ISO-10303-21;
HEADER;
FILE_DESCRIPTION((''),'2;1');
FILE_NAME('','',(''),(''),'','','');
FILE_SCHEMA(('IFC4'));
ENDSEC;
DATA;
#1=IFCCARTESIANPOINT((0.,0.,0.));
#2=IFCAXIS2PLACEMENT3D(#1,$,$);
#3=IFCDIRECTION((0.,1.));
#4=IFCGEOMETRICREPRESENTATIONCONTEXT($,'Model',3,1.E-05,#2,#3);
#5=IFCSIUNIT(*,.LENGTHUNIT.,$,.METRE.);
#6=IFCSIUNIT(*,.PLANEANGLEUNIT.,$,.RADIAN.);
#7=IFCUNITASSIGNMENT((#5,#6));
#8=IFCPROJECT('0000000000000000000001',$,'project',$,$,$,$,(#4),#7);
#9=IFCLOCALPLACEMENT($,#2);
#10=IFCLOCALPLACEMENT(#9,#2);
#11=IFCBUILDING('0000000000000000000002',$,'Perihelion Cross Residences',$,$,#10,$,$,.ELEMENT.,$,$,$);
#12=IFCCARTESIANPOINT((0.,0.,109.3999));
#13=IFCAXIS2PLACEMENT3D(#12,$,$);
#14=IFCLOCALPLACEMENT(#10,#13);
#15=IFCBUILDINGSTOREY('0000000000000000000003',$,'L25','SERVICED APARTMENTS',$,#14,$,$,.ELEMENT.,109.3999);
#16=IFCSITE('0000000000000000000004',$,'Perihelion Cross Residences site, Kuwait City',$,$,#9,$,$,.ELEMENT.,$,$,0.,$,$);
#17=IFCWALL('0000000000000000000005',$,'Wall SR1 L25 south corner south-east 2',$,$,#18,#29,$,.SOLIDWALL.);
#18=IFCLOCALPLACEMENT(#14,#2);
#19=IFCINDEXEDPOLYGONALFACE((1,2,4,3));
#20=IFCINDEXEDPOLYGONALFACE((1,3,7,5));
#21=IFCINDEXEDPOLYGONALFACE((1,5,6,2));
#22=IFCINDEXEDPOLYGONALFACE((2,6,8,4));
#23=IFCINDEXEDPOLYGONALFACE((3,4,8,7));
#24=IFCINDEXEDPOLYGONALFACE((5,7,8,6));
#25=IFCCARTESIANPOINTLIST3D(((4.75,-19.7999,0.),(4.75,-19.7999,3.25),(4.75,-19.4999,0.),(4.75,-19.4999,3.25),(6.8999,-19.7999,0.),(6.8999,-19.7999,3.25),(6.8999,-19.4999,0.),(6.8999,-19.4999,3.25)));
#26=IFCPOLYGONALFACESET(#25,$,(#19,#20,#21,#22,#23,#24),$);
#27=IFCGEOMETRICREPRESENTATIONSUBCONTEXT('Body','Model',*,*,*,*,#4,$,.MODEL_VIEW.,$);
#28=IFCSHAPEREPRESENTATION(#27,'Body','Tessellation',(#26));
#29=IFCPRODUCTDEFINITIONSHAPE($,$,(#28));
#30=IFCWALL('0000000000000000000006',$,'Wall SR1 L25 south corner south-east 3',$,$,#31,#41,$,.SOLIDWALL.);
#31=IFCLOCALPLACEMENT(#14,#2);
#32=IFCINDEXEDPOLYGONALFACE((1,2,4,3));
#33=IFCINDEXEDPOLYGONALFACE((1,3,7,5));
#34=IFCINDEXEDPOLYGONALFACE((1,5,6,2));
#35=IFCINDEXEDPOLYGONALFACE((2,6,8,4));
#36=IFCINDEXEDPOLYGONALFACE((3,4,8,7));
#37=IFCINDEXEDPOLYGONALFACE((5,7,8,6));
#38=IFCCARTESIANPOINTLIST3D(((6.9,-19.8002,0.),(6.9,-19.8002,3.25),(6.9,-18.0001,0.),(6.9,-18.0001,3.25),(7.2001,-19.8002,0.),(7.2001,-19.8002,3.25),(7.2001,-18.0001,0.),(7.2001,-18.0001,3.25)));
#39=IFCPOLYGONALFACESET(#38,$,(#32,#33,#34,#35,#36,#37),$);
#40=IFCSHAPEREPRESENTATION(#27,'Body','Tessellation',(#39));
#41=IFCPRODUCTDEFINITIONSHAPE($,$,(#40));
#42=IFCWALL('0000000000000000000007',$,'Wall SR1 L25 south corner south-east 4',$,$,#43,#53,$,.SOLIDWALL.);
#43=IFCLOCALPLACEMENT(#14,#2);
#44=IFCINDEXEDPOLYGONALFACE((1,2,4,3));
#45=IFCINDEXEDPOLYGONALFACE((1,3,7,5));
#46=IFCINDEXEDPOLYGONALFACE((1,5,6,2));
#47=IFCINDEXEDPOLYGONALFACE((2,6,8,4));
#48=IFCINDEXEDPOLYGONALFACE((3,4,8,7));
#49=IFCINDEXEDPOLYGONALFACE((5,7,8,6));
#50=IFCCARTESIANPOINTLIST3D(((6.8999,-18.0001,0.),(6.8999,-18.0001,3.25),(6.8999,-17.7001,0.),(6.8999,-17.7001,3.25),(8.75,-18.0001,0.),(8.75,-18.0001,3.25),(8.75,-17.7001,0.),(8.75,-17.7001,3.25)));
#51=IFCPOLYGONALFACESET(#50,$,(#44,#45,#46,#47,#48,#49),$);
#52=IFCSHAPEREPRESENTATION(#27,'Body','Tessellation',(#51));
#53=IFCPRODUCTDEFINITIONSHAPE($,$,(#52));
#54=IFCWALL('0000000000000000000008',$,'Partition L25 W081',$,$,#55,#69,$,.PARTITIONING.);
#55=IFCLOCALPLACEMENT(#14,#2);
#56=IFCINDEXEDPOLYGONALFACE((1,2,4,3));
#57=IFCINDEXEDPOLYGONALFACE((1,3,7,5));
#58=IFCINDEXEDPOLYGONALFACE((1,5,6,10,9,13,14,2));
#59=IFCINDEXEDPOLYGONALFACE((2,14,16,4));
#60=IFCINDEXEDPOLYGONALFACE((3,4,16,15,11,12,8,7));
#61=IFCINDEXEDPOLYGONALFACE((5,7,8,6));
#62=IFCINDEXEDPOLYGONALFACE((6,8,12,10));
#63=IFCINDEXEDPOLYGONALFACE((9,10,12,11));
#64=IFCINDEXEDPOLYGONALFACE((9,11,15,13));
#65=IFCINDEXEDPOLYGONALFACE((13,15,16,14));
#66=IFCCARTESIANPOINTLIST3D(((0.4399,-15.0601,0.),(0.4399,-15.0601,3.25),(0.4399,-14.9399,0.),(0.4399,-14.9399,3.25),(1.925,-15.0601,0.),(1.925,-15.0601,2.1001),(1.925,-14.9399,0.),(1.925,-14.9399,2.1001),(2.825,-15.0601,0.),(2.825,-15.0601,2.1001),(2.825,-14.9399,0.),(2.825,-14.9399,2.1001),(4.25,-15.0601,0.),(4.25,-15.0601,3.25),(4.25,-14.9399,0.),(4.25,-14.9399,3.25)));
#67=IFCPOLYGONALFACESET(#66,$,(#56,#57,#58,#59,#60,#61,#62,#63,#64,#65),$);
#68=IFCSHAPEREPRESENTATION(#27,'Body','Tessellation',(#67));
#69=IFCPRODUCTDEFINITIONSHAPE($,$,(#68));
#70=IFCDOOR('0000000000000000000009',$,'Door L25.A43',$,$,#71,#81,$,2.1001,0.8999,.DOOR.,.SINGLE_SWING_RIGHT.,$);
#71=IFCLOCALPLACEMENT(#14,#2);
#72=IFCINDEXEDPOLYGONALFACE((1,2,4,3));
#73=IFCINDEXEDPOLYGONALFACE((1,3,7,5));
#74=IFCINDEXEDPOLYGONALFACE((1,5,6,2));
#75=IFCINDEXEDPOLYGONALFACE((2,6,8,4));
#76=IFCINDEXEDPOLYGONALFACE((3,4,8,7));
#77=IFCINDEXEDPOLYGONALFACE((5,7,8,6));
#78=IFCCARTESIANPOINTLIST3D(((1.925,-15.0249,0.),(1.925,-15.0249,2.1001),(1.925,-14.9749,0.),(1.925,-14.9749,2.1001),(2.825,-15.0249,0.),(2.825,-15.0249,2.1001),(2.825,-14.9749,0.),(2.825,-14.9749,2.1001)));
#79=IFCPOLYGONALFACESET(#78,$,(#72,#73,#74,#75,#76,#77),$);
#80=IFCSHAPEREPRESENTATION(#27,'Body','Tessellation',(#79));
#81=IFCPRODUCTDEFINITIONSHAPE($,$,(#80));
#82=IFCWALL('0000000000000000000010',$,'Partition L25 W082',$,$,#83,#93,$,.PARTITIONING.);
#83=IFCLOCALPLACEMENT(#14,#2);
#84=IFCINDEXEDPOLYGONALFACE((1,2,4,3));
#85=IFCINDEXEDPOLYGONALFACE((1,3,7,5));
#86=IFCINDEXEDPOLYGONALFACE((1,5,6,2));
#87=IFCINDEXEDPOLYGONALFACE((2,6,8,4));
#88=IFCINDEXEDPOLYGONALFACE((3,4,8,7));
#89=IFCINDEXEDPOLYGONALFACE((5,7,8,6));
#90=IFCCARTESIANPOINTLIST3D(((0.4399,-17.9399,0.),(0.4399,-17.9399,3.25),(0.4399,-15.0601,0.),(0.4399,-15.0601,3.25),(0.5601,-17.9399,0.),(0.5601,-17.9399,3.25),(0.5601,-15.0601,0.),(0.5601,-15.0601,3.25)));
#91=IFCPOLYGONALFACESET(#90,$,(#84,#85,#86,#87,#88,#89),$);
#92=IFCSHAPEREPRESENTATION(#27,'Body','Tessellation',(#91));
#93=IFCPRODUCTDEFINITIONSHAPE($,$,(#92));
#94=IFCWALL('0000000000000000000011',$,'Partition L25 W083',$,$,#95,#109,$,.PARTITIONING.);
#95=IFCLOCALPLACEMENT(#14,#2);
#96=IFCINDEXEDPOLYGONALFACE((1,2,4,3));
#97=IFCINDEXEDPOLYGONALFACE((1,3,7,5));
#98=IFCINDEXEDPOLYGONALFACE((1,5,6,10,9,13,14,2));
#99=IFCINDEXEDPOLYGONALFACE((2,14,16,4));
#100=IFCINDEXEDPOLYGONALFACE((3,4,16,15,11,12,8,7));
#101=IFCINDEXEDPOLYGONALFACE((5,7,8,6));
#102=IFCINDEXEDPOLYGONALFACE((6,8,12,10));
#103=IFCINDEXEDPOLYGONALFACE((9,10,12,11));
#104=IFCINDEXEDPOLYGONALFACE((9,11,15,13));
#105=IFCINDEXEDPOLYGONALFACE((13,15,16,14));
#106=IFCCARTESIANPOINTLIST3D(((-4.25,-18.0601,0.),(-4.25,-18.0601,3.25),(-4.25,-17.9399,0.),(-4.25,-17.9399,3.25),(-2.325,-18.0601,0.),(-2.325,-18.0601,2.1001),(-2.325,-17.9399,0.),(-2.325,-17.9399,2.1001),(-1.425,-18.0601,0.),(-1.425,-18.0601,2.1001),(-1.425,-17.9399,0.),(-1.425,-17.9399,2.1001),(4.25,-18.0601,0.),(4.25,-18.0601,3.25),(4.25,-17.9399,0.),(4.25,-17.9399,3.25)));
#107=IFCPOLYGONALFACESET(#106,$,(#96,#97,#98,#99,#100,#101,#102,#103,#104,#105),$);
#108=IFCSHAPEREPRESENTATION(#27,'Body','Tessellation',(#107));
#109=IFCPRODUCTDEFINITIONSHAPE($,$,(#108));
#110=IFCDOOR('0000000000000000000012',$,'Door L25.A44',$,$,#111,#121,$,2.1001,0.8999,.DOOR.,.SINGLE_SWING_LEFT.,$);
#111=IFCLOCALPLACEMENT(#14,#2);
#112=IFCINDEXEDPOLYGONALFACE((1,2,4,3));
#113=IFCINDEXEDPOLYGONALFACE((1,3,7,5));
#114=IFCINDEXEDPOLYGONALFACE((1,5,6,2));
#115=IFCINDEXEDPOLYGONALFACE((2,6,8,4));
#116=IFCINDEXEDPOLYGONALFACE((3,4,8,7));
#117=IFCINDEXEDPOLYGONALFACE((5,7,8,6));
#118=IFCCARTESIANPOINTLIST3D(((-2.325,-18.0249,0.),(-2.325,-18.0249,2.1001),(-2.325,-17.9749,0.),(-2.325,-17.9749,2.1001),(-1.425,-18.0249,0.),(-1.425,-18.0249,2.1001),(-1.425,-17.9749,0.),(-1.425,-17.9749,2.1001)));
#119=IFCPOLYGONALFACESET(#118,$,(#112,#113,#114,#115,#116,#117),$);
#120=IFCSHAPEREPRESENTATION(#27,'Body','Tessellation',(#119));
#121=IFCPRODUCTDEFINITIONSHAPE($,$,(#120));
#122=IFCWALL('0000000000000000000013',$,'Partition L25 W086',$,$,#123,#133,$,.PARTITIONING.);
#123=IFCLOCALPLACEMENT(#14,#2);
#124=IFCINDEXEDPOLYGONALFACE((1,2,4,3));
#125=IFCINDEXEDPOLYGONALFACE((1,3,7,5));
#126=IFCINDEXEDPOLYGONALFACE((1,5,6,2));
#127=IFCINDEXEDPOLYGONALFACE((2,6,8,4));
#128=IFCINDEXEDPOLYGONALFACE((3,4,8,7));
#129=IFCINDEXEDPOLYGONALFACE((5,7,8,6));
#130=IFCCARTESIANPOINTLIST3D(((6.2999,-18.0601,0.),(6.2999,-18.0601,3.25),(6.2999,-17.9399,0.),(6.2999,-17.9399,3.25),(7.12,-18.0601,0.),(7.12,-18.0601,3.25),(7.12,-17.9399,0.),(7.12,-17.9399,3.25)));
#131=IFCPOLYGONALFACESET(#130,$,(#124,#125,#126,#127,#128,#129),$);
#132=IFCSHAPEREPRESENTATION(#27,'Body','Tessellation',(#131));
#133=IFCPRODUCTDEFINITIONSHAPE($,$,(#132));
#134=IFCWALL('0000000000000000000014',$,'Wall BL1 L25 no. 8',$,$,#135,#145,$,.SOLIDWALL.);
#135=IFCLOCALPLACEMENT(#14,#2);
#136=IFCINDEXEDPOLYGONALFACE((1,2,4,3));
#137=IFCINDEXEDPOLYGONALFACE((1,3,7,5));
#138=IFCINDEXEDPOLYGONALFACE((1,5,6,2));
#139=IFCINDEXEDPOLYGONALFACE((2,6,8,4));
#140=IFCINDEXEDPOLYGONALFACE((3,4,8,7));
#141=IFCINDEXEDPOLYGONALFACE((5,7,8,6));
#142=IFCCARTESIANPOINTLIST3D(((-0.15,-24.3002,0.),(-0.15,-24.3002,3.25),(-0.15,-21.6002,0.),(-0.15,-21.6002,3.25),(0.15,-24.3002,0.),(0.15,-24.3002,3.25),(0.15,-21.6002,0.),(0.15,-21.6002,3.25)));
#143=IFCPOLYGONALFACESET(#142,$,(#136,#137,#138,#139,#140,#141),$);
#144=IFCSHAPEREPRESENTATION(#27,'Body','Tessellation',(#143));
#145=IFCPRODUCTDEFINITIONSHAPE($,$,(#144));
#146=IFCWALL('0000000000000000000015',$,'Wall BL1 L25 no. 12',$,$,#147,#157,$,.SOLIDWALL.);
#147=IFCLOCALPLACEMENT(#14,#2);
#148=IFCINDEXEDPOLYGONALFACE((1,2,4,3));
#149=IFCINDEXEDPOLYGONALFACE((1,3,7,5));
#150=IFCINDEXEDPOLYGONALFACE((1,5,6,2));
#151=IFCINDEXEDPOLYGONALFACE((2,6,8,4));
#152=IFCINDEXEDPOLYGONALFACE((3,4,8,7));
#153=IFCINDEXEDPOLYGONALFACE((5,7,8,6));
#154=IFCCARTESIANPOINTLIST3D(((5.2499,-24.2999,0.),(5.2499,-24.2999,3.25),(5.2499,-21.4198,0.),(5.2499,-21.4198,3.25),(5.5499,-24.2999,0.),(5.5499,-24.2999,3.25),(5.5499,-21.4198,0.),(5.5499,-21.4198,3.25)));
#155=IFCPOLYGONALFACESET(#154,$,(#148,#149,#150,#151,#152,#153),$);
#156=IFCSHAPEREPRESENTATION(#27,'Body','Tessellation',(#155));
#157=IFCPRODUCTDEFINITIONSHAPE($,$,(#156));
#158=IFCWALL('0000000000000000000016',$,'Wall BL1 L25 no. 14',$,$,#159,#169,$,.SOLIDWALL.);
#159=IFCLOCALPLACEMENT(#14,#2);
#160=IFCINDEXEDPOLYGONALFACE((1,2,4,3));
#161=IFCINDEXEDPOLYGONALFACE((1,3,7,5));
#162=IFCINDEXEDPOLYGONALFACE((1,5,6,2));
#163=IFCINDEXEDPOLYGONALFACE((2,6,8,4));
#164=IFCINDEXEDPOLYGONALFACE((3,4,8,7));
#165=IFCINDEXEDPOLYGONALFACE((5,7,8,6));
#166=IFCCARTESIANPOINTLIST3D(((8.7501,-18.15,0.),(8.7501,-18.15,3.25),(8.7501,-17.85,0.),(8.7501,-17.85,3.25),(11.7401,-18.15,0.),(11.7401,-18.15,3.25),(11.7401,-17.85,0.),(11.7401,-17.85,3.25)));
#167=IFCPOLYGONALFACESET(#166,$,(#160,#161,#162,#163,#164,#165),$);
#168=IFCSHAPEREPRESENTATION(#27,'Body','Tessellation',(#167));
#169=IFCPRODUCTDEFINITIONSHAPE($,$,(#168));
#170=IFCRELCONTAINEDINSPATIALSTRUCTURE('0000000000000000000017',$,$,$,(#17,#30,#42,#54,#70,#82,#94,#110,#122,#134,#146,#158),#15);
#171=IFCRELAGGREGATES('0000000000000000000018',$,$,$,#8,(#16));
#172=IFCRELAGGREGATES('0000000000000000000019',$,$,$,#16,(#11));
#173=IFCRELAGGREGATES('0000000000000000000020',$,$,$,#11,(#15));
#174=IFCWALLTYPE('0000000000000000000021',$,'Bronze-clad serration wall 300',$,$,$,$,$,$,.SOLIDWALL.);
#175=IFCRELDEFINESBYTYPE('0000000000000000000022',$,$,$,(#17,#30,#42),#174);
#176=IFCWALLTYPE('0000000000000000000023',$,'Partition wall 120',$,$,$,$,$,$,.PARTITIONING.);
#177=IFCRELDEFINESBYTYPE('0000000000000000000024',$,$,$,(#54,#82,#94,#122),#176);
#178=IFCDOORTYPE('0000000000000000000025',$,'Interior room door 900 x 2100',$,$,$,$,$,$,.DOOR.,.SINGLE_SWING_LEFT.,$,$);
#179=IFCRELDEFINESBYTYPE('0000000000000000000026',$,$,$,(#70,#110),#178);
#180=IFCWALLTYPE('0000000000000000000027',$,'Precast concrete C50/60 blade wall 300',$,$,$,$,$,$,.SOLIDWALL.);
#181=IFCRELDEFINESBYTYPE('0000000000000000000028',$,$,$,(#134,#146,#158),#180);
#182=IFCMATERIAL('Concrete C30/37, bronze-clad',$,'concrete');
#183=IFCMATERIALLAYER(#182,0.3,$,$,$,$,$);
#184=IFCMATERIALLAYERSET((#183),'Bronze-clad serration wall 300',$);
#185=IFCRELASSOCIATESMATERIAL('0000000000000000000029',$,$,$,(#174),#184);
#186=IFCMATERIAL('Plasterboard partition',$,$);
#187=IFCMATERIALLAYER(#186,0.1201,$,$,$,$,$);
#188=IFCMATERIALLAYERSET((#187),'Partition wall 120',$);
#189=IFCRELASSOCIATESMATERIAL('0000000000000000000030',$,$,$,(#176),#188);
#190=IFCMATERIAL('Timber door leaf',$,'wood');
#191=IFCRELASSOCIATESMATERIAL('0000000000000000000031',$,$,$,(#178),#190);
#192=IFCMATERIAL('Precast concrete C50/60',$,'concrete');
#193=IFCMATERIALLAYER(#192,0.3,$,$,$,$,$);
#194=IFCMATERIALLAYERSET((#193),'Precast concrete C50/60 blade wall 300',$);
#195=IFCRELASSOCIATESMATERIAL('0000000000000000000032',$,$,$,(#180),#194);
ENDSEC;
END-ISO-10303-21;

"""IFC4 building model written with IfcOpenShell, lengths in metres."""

from ifc_helpers import new_model, si_unit, direction, frame, frame_2d, origin, place, context, subcontext, project, spatial, rectangle, extrude, material, layer, layer_set, type_object, element, fill, save


model = new_model("IFC4")

# Units and contexts
model_context = context("Model", 3, precision=1e-05, world=origin(), true_north=direction((0.0, 1.0)))
body_context = subcontext(model_context, "Body", "Model", "MODEL_VIEW")
ifc_project = project(units=[si_unit("LENGTHUNIT", "METRE"), si_unit("PLANEANGLEUNIT", "RADIAN")], contexts=[model_context])

# Site, building, storey
site_placement = place(None, origin())
site = spatial("IfcSite", under=ifc_project, at=site_placement, Name="Perihelion Cross Residences site, Kuwait City", CompositionType="ELEMENT", RefElevation=0.0)
building_placement = place(site_placement, origin())
building = spatial("IfcBuilding", under=site, at=building_placement, Name="Perihelion Cross Residences", CompositionType="ELEMENT")
storey_placement = place(building_placement, frame((0.0, 0.0, 109.3999)))
storey = spatial("IfcBuildingStorey", under=building, at=storey_placement, Name="L25", Description="SERVICED APARTMENTS", CompositionType="ELEMENT", Elevation=109.3999)

# Walls
ifc_material_1 = material(Name="Concrete C30/37, bronze-clad", Category="concrete")
ifc_layer_1 = layer(ifc_material_1, 0.3)
ifc_layer_set_1 = layer_set([ifc_layer_1], Name="Bronze-clad serration wall 300")
wall_type_1 = type_object("IfcWallType", Name="Bronze-clad serration wall 300", PredefinedType="SOLIDWALL", material=ifc_layer_set_1)
wall_1_placement = place(storey_placement, frame((4.75, -19.6499, 0.0), z_axis=(0.0, 0.0, 1.0), x_axis=(1.0, 0.0, 0.0)))
element("IfcWall", 1, at=wall_1_placement, inside=storey, type_object=wall_type_1, Name="Wall SR1 L25 south corner south-east 2", PredefinedType="SOLIDWALL", context=body_context, shape_type="SweptSolid", body=[
    extrude(rectangle(XDim=2.1499, YDim=0.3, at=frame_2d((1.075, 0.0))), origin(), (0.0, 0.0, 1.0), 3.25),
])
wall_2_placement = place(storey_placement, frame((7.05, -19.8, 0.0), z_axis=(0.0, 0.0, 1.0), x_axis=(0.0, 1.0, 0.0)))
element("IfcWall", 2, at=wall_2_placement, inside=storey, type_object=wall_type_1, Name="Wall SR1 L25 south corner south-east 3", PredefinedType="SOLIDWALL", context=body_context, shape_type="SweptSolid", body=[
    extrude(rectangle(XDim=1.8, YDim=0.3, at=frame_2d((0.8999, 0.0))), origin(), (0.0, 0.0, 1.0), 3.25),
])
wall_3_placement = place(storey_placement, frame((6.8999, -17.8501, 0.0), z_axis=(0.0, 0.0, 1.0), x_axis=(1.0, 0.0, 0.0)))
element("IfcWall", 3, at=wall_3_placement, inside=storey, type_object=wall_type_1, Name="Wall SR1 L25 south corner south-east 4", PredefinedType="SOLIDWALL", context=body_context, shape_type="SweptSolid", body=[
    extrude(rectangle(XDim=1.8501, YDim=0.3, at=frame_2d((0.925, 0.0))), origin(), (0.0, 0.0, 1.0), 3.25),
])

# Wall, opening, door
ifc_material_2 = material(Name="Plasterboard partition")
ifc_layer_2 = layer(ifc_material_2, 0.1201)
ifc_layer_set_2 = layer_set([ifc_layer_2], Name="Partition wall 120")
wall_type_2 = type_object("IfcWallType", Name="Partition wall 120", PredefinedType="PARTITIONING", material=ifc_layer_set_2)
wall_4_placement = place(storey_placement, frame((4.25, -15.0, 0.0), z_axis=(0.0, 0.0, 1.0), x_axis=(-1.0, 0.0, 0.0)))
wall_4 = element("IfcWall", 4, at=wall_4_placement, inside=storey, type_object=wall_type_2, Name="Partition L25 W081", PredefinedType="PARTITIONING", context=body_context, shape_type="SweptSolid", body=[
    extrude(rectangle(XDim=3.8101, YDim=0.1201, at=frame_2d((1.905, 0.0))), origin(), (0.0, 0.0, 1.0), 3.25),
])
opening_1_placement = place(wall_4_placement, frame((1.425, 0.0, 0.0)))
opening_1 = element("IfcOpeningElement", 5, at=opening_1_placement, cuts=wall_4, PredefinedType="OPENING", context=body_context, shape_type="SweptSolid", body=[
    extrude(rectangle(XDim=0.8999, YDim=2.1001, at=frame_2d((0.45, 1.05))), frame((0.0, 0.0701, 0.0), z_axis=(0.0, -1.0, 0.0), x_axis=(1.0, 0.0, 0.0)), (0.0, 0.0, 1.0), 0.1401),
])
ifc_material_3 = material(Name="Timber door leaf", Category="wood")
door_type_1 = type_object("IfcDoorType", Name="Interior room door 900 x 2100", OperationType="SINGLE_SWING_LEFT", PredefinedType="DOOR", material=ifc_material_3)
door_1_placement = place(opening_1_placement, origin())
door_1 = element("IfcDoor", 6, at=door_1_placement, inside=storey, type_object=door_type_1, Name="Door L25.A43", OperationType="SINGLE_SWING_RIGHT", OverallHeight=2.1001, OverallWidth=0.8999, PredefinedType="DOOR", context=body_context, shape_type="SweptSolid", body=[
    extrude(rectangle(XDim=0.8999, YDim=2.1001, at=frame_2d((0.45, 1.05))), frame((0.0, 0.0249, 0.0), z_axis=(0.0, -1.0, 0.0), x_axis=(1.0, 0.0, 0.0)), (0.0, 0.0, 1.0), 0.05),
])
fill(opening_1, door_1)

# Wall
wall_5_placement = place(storey_placement, frame((0.5, -15.0601, 0.0), z_axis=(0.0, 0.0, 1.0), x_axis=(0.0, -1.0, 0.0)))
element("IfcWall", 7, at=wall_5_placement, inside=storey, type_object=wall_type_2, Name="Partition L25 W082", PredefinedType="PARTITIONING", context=body_context, shape_type="SweptSolid", body=[
    extrude(rectangle(XDim=2.8799, YDim=0.1201, at=frame_2d((1.4399, 0.0))), origin(), (0.0, 0.0, 1.0), 3.25),
])

# Wall, opening, door
wall_6_placement = place(storey_placement, frame((4.25, -18.0, 0.0), z_axis=(0.0, 0.0, 1.0), x_axis=(-1.0, 0.0, 0.0)))
wall_6 = element("IfcWall", 8, at=wall_6_placement, inside=storey, type_object=wall_type_2, Name="Partition L25 W083", PredefinedType="PARTITIONING", context=body_context, shape_type="SweptSolid", body=[
    extrude(rectangle(XDim=8.5, YDim=0.1201, at=frame_2d((4.25, 0.0))), origin(), (0.0, 0.0, 1.0), 3.25),
])
opening_2_placement = place(wall_6_placement, frame((5.675, 0.0, 0.0)))
opening_2 = element("IfcOpeningElement", 9, at=opening_2_placement, cuts=wall_6, PredefinedType="OPENING", context=body_context, shape_type="SweptSolid", body=[
    extrude(rectangle(XDim=0.8999, YDim=2.1001, at=frame_2d((0.45, 1.05))), frame((0.0, 0.0701, 0.0), z_axis=(0.0, -1.0, 0.0), x_axis=(1.0, 0.0, 0.0)), (0.0, 0.0, 1.0), 0.1401),
])
door_2_placement = place(opening_2_placement, origin())
door_2 = element("IfcDoor", 10, at=door_2_placement, inside=storey, type_object=door_type_1, Name="Door L25.A44", OperationType="SINGLE_SWING_LEFT", OverallHeight=2.1001, OverallWidth=0.8999, PredefinedType="DOOR", context=body_context, shape_type="SweptSolid", body=[
    extrude(rectangle(XDim=0.8999, YDim=2.1001, at=frame_2d((0.45, 1.05))), frame((0.0, 0.0249, 0.0), z_axis=(0.0, -1.0, 0.0), x_axis=(1.0, 0.0, 0.0)), (0.0, 0.0, 1.0), 0.05),
])
fill(opening_2, door_2)

# Walls
wall_7_placement = place(storey_placement, frame((7.1201, -18.0, 0.0), z_axis=(0.0, 0.0, 1.0), x_axis=(-1.0, 0.0, 0.0)))
element("IfcWall", 11, at=wall_7_placement, inside=storey, type_object=wall_type_2, Name="Partition L25 W086", PredefinedType="PARTITIONING", context=body_context, shape_type="SweptSolid", body=[
    extrude(rectangle(XDim=0.8201, YDim=0.1201, at=frame_2d((0.4102, 0.0))), origin(), (0.0, 0.0, 1.0), 3.25),
])
ifc_material_4 = material(Name="Precast concrete C50/60", Category="concrete")
ifc_layer_3 = layer(ifc_material_4, 0.3)
ifc_layer_set_3 = layer_set([ifc_layer_3], Name="Precast concrete C50/60 blade wall 300")
wall_type_3 = type_object("IfcWallType", Name="Precast concrete C50/60 blade wall 300", PredefinedType="SOLIDWALL", material=ifc_layer_set_3)
wall_8_placement = place(storey_placement, frame((0.0, -21.6001, 0.0), z_axis=(0.0, 0.0, 1.0), x_axis=(0.0, -1.0, 0.0)))
element("IfcWall", 12, at=wall_8_placement, inside=storey, type_object=wall_type_3, Name="Wall BL1 L25 no. 8", PredefinedType="SOLIDWALL", context=body_context, shape_type="SweptSolid", body=[
    extrude(rectangle(XDim=2.7, YDim=0.3, at=frame_2d((1.3501, 0.0))), origin(), (0.0, 0.0, 1.0), 3.25),
])
wall_9_placement = place(storey_placement, frame((5.3999, -21.4199, 0.0), z_axis=(0.0, 0.0, 1.0), x_axis=(0.0, -1.0, 0.0)))
element("IfcWall", 13, at=wall_9_placement, inside=storey, type_object=wall_type_3, Name="Wall BL1 L25 no. 12", PredefinedType="SOLIDWALL", context=body_context, shape_type="SweptSolid", body=[
    extrude(rectangle(XDim=2.8801, YDim=0.3, at=frame_2d((1.4399, 0.0))), origin(), (0.0, 0.0, 1.0), 3.25),
])
wall_10_placement = place(storey_placement, frame((8.75, -18.0, 0.0), z_axis=(0.0, 0.0, 1.0), x_axis=(1.0, 0.0, 0.0)))
element("IfcWall", 14, at=wall_10_placement, inside=storey, type_object=wall_type_3, Name="Wall BL1 L25 no. 14", PredefinedType="SOLIDWALL", context=body_context, shape_type="SweptSolid", body=[
    extrude(rectangle(XDim=2.99, YDim=0.3, at=frame_2d((1.4951, 0.0))), origin(), (0.0, 0.0, 1.0), 3.25),
])

save(model, "model.ifc")
